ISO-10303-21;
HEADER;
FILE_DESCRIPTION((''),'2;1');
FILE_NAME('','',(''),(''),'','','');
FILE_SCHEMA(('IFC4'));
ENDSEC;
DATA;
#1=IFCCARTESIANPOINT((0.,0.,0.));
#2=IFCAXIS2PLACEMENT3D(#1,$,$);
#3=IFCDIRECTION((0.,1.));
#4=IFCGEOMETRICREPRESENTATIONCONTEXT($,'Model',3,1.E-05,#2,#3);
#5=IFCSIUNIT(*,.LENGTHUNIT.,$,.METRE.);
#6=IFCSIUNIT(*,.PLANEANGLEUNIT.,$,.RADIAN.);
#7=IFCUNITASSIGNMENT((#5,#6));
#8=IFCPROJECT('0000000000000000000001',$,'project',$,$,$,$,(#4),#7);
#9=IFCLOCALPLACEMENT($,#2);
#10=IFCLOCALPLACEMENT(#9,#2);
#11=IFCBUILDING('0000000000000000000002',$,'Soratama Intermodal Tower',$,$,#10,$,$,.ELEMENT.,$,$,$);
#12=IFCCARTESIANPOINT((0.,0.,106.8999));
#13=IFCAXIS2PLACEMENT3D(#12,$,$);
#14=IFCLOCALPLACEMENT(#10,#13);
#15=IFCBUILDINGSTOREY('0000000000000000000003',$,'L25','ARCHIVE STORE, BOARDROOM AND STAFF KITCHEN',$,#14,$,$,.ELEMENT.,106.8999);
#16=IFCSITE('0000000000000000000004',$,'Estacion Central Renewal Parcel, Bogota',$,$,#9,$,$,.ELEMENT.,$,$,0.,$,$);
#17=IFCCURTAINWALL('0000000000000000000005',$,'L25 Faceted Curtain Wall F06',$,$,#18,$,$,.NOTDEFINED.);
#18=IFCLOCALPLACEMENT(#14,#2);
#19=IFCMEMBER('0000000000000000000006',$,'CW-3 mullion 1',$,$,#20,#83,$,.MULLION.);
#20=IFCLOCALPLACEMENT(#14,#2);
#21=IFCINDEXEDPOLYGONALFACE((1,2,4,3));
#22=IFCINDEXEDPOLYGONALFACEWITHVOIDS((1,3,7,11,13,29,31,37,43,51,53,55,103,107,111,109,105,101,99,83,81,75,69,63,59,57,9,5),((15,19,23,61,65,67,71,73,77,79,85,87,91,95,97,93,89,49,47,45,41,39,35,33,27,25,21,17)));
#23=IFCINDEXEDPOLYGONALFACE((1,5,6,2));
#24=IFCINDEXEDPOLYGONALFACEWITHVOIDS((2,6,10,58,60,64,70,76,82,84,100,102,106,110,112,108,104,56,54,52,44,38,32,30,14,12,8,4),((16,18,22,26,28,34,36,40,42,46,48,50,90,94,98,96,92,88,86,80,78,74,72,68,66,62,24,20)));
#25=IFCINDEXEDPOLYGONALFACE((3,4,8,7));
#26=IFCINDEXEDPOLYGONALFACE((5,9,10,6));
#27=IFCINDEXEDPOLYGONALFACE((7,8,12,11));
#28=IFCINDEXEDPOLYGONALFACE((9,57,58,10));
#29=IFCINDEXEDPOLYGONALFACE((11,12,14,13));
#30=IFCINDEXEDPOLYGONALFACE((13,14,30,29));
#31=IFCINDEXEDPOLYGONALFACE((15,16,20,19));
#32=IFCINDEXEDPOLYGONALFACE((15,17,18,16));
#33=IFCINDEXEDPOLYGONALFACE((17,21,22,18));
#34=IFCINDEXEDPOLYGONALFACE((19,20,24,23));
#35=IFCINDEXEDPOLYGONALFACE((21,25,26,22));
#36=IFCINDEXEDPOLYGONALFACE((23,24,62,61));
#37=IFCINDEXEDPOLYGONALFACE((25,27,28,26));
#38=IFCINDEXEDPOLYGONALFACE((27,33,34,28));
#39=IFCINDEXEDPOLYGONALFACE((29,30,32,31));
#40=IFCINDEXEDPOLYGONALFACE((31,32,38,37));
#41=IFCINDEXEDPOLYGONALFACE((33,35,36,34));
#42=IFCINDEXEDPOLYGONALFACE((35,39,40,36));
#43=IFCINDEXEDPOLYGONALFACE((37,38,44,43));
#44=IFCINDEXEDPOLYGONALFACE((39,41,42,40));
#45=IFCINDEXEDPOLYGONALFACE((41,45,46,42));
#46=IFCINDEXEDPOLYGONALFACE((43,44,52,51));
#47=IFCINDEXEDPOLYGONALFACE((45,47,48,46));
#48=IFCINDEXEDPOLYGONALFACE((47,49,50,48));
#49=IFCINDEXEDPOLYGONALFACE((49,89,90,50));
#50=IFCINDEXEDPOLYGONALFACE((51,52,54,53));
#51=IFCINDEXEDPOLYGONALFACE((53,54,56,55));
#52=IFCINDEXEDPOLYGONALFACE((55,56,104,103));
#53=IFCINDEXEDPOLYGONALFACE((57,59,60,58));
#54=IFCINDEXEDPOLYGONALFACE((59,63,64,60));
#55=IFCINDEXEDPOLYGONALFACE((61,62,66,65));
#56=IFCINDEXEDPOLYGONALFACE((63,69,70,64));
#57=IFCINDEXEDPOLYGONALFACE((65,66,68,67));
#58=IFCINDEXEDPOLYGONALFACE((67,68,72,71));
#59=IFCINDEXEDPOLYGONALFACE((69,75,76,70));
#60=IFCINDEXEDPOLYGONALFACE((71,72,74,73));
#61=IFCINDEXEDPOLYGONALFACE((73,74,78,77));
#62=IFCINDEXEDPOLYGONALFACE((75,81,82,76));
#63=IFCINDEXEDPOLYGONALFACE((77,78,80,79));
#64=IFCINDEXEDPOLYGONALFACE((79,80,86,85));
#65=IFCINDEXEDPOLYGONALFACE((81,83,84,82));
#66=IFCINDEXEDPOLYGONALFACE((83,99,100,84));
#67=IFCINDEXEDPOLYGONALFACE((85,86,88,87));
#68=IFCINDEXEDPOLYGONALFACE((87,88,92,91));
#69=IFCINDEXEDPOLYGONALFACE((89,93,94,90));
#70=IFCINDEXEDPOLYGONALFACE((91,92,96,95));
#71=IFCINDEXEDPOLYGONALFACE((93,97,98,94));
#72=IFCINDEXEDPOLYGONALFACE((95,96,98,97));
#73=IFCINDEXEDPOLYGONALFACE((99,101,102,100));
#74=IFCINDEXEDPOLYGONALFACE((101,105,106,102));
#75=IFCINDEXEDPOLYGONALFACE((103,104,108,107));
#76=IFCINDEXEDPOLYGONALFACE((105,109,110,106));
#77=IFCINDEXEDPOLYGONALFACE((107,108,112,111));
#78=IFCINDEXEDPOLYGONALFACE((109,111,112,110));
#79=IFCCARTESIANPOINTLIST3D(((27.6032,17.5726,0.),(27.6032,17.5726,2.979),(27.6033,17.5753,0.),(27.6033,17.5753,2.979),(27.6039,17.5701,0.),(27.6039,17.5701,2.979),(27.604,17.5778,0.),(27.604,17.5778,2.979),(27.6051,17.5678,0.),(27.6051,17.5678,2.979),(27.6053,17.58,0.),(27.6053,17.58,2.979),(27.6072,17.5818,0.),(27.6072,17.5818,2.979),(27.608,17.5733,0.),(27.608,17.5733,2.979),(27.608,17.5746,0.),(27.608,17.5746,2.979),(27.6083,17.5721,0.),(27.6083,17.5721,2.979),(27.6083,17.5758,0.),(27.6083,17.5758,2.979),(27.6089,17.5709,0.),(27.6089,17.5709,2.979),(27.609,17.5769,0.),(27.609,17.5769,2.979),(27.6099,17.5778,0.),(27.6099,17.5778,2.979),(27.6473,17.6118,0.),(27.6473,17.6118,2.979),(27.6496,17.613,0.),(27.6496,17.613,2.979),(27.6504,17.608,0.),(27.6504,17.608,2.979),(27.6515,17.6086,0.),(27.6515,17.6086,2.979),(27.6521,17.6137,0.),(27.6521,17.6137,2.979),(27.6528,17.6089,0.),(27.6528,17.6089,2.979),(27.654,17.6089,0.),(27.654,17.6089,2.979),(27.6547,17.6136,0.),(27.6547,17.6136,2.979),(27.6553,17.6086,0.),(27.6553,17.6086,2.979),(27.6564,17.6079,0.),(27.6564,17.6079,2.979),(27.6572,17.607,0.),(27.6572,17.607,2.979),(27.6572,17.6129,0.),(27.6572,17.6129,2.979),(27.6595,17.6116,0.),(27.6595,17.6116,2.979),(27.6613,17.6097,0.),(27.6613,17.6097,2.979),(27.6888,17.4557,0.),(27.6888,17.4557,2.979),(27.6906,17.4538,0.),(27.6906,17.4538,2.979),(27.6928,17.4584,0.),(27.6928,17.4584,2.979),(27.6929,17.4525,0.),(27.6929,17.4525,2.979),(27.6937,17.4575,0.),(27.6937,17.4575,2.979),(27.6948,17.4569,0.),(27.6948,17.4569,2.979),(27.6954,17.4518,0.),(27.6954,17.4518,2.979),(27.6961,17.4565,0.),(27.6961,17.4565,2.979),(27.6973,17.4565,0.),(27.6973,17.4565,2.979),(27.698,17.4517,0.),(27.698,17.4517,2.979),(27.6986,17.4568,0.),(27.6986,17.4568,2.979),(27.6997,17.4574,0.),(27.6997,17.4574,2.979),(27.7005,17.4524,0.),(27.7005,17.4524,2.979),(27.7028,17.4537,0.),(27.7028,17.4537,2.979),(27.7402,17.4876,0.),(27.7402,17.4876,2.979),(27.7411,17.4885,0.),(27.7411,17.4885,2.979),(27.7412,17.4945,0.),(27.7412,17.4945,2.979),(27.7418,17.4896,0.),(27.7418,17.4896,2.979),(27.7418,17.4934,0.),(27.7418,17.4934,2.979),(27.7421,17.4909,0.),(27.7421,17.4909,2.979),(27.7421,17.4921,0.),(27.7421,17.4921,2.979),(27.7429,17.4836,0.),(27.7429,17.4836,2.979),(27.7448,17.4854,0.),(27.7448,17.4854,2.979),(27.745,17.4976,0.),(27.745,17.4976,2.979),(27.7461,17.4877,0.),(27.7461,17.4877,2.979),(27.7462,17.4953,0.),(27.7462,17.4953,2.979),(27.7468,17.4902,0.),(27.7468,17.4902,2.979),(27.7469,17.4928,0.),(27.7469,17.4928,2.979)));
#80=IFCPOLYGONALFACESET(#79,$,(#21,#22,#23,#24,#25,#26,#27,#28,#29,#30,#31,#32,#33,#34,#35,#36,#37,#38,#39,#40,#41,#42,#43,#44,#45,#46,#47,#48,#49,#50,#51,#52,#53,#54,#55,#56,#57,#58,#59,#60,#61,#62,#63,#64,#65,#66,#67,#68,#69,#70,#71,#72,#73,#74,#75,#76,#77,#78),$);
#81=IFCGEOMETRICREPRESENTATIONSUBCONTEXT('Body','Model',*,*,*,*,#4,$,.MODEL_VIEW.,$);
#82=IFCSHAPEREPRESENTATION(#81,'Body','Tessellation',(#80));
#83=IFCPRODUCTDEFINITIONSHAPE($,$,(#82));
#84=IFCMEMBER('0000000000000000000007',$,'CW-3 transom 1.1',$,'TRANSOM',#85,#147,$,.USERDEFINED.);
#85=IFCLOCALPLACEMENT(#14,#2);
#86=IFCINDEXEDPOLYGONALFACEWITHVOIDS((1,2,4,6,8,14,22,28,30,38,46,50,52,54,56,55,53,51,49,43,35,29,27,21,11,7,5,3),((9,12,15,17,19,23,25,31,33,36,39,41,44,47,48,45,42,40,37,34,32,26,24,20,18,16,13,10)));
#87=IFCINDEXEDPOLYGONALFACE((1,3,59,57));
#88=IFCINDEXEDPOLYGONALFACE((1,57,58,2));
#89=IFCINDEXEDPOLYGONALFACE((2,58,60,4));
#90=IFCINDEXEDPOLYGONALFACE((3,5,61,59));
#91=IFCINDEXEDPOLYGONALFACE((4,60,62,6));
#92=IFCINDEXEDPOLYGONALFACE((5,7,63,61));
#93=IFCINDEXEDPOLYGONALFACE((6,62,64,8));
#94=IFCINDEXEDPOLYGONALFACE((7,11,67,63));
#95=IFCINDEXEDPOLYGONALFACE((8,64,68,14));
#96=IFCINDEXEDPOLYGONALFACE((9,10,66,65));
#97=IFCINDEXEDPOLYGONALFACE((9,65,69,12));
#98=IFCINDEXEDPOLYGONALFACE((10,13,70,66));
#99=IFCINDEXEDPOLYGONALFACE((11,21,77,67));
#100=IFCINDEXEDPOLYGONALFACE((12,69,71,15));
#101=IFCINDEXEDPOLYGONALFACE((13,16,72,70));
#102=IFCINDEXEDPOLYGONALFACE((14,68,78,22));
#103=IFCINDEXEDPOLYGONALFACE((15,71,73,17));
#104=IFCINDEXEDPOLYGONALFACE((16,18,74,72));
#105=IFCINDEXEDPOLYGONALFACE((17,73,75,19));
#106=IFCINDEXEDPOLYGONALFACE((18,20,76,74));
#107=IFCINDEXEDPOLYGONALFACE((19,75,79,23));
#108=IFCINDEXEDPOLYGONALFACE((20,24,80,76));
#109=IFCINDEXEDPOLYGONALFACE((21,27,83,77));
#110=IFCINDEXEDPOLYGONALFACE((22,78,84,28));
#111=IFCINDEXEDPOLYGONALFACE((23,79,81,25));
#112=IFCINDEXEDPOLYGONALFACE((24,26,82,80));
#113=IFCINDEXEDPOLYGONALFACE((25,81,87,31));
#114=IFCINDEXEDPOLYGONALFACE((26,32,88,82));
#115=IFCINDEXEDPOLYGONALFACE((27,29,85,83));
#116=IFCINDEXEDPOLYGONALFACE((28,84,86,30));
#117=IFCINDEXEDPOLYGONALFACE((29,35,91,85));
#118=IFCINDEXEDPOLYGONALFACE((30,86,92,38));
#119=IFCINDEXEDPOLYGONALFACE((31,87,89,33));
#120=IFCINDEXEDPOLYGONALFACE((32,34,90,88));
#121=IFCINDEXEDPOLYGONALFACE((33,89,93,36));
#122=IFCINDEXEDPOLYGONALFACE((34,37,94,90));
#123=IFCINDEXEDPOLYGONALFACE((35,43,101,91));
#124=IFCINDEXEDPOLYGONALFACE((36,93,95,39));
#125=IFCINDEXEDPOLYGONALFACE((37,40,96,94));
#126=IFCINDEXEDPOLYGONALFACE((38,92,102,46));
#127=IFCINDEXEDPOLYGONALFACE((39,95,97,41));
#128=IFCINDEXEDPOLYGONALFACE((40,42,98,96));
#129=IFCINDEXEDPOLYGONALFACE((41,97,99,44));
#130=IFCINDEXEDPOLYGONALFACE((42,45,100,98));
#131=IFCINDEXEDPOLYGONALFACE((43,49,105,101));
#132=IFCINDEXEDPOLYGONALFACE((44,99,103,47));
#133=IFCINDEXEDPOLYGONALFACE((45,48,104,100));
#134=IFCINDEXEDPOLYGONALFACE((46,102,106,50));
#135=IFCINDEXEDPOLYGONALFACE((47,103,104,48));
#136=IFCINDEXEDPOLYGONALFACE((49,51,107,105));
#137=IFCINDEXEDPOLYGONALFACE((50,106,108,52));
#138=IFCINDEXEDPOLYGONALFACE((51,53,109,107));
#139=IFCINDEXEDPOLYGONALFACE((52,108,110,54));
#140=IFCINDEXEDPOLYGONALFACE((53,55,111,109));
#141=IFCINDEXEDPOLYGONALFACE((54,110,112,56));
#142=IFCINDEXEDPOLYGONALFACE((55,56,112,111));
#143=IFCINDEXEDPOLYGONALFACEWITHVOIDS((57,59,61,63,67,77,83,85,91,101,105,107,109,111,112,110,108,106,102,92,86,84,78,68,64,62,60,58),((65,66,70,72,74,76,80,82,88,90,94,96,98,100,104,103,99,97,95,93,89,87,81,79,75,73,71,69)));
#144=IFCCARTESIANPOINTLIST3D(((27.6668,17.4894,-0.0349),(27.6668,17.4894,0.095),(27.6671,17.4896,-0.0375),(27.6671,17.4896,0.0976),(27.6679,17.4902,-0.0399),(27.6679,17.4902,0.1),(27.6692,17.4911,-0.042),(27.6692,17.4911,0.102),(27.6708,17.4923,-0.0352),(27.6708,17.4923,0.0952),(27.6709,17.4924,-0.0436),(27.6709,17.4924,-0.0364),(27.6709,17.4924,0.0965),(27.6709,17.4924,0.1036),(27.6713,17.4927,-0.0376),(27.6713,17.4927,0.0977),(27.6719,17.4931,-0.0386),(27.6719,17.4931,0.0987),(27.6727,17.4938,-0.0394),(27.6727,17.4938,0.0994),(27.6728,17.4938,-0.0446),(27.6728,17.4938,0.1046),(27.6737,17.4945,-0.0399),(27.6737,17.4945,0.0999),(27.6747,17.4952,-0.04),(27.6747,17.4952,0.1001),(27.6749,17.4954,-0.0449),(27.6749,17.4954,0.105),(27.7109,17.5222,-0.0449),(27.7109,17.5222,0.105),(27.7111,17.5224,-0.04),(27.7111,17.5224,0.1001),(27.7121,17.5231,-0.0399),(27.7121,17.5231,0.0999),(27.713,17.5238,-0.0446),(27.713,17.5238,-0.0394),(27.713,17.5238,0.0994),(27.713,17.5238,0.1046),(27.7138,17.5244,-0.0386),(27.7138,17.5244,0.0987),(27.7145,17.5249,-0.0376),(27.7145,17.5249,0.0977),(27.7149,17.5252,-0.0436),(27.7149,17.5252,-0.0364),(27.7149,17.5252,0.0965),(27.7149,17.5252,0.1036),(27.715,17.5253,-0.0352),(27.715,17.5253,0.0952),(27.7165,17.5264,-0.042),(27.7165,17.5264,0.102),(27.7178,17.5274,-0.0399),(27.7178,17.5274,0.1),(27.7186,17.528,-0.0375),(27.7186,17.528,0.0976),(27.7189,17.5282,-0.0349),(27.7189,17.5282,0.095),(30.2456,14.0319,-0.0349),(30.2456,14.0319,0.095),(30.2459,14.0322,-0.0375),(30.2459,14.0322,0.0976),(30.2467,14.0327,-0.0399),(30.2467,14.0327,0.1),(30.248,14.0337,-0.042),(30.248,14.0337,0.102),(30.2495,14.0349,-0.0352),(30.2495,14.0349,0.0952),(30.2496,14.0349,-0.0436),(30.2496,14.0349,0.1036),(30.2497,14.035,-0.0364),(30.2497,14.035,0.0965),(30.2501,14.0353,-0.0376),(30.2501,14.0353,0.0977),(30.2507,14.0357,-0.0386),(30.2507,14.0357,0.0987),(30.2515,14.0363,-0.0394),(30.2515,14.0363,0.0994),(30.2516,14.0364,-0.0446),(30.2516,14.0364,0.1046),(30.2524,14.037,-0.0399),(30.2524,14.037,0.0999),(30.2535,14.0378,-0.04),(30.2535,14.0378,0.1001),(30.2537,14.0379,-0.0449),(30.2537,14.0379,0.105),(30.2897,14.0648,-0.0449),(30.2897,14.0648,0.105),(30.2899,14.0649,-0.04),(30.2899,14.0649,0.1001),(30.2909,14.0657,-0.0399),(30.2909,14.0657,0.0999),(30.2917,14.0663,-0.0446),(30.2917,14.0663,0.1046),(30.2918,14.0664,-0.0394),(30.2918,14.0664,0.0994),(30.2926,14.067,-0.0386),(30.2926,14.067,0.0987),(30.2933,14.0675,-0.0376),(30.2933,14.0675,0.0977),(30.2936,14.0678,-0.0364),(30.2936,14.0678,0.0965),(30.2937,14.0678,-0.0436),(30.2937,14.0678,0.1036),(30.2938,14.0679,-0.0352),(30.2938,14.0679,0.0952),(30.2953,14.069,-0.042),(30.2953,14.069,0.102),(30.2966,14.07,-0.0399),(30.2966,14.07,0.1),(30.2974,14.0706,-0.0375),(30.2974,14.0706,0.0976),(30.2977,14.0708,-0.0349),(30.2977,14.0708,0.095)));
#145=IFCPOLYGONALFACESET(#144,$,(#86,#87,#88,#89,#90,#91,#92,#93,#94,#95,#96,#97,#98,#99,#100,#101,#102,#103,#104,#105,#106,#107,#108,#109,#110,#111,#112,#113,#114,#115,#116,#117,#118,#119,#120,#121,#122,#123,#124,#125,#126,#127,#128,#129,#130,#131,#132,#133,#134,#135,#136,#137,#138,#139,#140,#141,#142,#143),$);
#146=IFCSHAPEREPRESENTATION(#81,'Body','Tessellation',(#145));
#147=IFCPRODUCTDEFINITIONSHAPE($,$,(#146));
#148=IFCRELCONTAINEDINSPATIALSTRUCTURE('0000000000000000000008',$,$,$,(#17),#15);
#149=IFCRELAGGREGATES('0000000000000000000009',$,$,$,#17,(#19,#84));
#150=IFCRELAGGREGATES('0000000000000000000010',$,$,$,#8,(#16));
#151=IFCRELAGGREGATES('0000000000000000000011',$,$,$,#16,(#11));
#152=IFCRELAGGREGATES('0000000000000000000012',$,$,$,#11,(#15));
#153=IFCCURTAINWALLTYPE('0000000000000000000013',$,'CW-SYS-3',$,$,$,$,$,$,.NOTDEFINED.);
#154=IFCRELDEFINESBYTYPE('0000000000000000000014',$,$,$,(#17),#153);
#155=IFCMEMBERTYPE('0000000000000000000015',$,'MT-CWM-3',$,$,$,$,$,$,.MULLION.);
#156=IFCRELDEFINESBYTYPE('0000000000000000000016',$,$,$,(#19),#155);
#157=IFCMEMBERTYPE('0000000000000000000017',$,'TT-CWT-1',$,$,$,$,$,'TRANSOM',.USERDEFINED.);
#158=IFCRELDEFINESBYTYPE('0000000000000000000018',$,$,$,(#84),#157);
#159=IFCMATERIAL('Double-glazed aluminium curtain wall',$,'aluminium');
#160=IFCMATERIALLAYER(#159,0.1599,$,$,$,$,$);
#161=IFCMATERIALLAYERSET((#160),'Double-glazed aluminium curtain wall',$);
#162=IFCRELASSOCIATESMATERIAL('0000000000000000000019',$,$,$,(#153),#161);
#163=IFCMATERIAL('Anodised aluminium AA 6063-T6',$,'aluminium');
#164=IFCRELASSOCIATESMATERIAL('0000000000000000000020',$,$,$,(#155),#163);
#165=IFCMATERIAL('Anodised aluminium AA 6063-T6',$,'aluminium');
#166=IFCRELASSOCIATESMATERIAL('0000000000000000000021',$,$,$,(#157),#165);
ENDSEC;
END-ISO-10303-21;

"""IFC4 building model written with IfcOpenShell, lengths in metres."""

from ifc_helpers import new_model, si_unit, direction, frame, origin, origin_2d, place, context, subcontext, project, spatial, hollow_rectangle, extrude, material, layer, layer_set, material_profile, profile_set, type_object, element, aggregate, save


model = new_model("IFC4")

# Units and contexts
model_context = context("Model", 3, precision=1e-05, world=origin(), true_north=direction((0.0, 1.0)))
body_context = subcontext(model_context, "Body", "Model", "MODEL_VIEW")
ifc_project = project(units=[si_unit("LENGTHUNIT", "METRE"), si_unit("PLANEANGLEUNIT", "RADIAN")], contexts=[model_context])

# Site, building, storey
site_placement = place(None, origin())
site = spatial("IfcSite", under=ifc_project, at=site_placement, Name="Estacion Central Renewal Parcel, Bogota", CompositionType="ELEMENT", RefElevation=0.0)
building_placement = place(site_placement, origin())
building = spatial("IfcBuilding", under=site, at=building_placement, Name="Soratama Intermodal Tower", CompositionType="ELEMENT")
storey_placement = place(building_placement, frame((0.0, 0.0, 106.8999)))
storey = spatial("IfcBuildingStorey", under=building, at=storey_placement, Name="L25", Description="ARCHIVE STORE, BOARDROOM AND STAFF KITCHEN", CompositionType="ELEMENT", Elevation=106.8999)

# Curtain wall, members
ifc_material_1 = material(Name="Double-glazed aluminium curtain wall", Category="aluminium")
ifc_layer_1 = layer(ifc_material_1, 0.1599)
ifc_layer_set_1 = layer_set([ifc_layer_1], Name="Double-glazed aluminium curtain wall")
curtain_wall_type = type_object("IfcCurtainWallType", Name="CW-SYS-3", PredefinedType="NOTDEFINED", material=ifc_layer_set_1)
curtain_wall_placement = place(storey_placement, origin())
curtain_wall = element("IfcCurtainWall", 1, at=curtain_wall_placement, inside=storey, type_object=curtain_wall_type, Name="L25 Faceted Curtain Wall F06", PredefinedType="NOTDEFINED")
ifc_material_2 = material(Name="Anodised aluminium AA 6063-T6", Category="aluminium")
ifc_material_profile_1 = material_profile(ifc_material_2, hollow_rectangle(XDim=0.0701, YDim=0.1599, WallThickness=0.0049, InnerFilletRadius=0.0049, OuterFilletRadius=0.01, at=origin_2d()), Name="CWM160X70X5")
ifc_profile_set_1 = profile_set([ifc_material_profile_1], Name="Anodised aluminium AA 6063-T6")
member_type_1 = type_object("IfcMemberType", Name="MT-CWM-3", PredefinedType="MULLION", material=ifc_profile_set_1)
member_1_placement = place(storey_placement, frame((27.675, 17.5327, 0.0), z_axis=(0.0, 0.0, 1.0), x_axis=(0.801564, 0.597909, 0.0)))
member_1 = element("IfcMember", 2, at=member_1_placement, type_object=member_type_1, Name="CW-3 mullion 1", PredefinedType="MULLION", context=body_context, shape_type="SweptSolid", body=[
    extrude(hollow_rectangle(XDim=0.0701, YDim=0.1599, WallThickness=0.0049, InnerFilletRadius=0.0049, OuterFilletRadius=0.01, at=origin_2d()), origin(), (0.0, 0.0, 1.0), 2.979),
])
ifc_material_3 = material(Name="Anodised aluminium AA 6063-T6", Category="aluminium")
ifc_material_profile_2 = material_profile(ifc_material_3, hollow_rectangle(XDim=0.0649, YDim=0.1499, WallThickness=0.0049, InnerFilletRadius=0.0049, OuterFilletRadius=0.01, at=origin_2d()), Name="CWT150X65X5")
ifc_profile_set_2 = profile_set([ifc_material_profile_2], Name="Anodised aluminium AA 6063-T6")
member_type_2 = type_object("IfcMemberType", Name="TT-CWT-1", ElementType="TRANSOM", PredefinedType="USERDEFINED", material=ifc_profile_set_2)
member_2_placement = place(storey_placement, frame((27.6929, 17.5088, 0.03), z_axis=(0.597879, -0.801587, 0.0), x_axis=(0.801587, 0.597879, 0.0)))
member_2 = element("IfcMember", 3, at=member_2_placement, type_object=member_type_2, Name="CW-3 transom 1.1", ObjectType="TRANSOM", PredefinedType="USERDEFINED", context=body_context, shape_type="SweptSolid", body=[
    extrude(hollow_rectangle(XDim=0.0649, YDim=0.1499, WallThickness=0.0049, InnerFilletRadius=0.0049, OuterFilletRadius=0.01, at=origin_2d()), origin(), (0.0, 0.0, 1.0), 4.3132),
])
aggregate(curtain_wall, [member_1, member_2])

save(model, "model.ifc")
